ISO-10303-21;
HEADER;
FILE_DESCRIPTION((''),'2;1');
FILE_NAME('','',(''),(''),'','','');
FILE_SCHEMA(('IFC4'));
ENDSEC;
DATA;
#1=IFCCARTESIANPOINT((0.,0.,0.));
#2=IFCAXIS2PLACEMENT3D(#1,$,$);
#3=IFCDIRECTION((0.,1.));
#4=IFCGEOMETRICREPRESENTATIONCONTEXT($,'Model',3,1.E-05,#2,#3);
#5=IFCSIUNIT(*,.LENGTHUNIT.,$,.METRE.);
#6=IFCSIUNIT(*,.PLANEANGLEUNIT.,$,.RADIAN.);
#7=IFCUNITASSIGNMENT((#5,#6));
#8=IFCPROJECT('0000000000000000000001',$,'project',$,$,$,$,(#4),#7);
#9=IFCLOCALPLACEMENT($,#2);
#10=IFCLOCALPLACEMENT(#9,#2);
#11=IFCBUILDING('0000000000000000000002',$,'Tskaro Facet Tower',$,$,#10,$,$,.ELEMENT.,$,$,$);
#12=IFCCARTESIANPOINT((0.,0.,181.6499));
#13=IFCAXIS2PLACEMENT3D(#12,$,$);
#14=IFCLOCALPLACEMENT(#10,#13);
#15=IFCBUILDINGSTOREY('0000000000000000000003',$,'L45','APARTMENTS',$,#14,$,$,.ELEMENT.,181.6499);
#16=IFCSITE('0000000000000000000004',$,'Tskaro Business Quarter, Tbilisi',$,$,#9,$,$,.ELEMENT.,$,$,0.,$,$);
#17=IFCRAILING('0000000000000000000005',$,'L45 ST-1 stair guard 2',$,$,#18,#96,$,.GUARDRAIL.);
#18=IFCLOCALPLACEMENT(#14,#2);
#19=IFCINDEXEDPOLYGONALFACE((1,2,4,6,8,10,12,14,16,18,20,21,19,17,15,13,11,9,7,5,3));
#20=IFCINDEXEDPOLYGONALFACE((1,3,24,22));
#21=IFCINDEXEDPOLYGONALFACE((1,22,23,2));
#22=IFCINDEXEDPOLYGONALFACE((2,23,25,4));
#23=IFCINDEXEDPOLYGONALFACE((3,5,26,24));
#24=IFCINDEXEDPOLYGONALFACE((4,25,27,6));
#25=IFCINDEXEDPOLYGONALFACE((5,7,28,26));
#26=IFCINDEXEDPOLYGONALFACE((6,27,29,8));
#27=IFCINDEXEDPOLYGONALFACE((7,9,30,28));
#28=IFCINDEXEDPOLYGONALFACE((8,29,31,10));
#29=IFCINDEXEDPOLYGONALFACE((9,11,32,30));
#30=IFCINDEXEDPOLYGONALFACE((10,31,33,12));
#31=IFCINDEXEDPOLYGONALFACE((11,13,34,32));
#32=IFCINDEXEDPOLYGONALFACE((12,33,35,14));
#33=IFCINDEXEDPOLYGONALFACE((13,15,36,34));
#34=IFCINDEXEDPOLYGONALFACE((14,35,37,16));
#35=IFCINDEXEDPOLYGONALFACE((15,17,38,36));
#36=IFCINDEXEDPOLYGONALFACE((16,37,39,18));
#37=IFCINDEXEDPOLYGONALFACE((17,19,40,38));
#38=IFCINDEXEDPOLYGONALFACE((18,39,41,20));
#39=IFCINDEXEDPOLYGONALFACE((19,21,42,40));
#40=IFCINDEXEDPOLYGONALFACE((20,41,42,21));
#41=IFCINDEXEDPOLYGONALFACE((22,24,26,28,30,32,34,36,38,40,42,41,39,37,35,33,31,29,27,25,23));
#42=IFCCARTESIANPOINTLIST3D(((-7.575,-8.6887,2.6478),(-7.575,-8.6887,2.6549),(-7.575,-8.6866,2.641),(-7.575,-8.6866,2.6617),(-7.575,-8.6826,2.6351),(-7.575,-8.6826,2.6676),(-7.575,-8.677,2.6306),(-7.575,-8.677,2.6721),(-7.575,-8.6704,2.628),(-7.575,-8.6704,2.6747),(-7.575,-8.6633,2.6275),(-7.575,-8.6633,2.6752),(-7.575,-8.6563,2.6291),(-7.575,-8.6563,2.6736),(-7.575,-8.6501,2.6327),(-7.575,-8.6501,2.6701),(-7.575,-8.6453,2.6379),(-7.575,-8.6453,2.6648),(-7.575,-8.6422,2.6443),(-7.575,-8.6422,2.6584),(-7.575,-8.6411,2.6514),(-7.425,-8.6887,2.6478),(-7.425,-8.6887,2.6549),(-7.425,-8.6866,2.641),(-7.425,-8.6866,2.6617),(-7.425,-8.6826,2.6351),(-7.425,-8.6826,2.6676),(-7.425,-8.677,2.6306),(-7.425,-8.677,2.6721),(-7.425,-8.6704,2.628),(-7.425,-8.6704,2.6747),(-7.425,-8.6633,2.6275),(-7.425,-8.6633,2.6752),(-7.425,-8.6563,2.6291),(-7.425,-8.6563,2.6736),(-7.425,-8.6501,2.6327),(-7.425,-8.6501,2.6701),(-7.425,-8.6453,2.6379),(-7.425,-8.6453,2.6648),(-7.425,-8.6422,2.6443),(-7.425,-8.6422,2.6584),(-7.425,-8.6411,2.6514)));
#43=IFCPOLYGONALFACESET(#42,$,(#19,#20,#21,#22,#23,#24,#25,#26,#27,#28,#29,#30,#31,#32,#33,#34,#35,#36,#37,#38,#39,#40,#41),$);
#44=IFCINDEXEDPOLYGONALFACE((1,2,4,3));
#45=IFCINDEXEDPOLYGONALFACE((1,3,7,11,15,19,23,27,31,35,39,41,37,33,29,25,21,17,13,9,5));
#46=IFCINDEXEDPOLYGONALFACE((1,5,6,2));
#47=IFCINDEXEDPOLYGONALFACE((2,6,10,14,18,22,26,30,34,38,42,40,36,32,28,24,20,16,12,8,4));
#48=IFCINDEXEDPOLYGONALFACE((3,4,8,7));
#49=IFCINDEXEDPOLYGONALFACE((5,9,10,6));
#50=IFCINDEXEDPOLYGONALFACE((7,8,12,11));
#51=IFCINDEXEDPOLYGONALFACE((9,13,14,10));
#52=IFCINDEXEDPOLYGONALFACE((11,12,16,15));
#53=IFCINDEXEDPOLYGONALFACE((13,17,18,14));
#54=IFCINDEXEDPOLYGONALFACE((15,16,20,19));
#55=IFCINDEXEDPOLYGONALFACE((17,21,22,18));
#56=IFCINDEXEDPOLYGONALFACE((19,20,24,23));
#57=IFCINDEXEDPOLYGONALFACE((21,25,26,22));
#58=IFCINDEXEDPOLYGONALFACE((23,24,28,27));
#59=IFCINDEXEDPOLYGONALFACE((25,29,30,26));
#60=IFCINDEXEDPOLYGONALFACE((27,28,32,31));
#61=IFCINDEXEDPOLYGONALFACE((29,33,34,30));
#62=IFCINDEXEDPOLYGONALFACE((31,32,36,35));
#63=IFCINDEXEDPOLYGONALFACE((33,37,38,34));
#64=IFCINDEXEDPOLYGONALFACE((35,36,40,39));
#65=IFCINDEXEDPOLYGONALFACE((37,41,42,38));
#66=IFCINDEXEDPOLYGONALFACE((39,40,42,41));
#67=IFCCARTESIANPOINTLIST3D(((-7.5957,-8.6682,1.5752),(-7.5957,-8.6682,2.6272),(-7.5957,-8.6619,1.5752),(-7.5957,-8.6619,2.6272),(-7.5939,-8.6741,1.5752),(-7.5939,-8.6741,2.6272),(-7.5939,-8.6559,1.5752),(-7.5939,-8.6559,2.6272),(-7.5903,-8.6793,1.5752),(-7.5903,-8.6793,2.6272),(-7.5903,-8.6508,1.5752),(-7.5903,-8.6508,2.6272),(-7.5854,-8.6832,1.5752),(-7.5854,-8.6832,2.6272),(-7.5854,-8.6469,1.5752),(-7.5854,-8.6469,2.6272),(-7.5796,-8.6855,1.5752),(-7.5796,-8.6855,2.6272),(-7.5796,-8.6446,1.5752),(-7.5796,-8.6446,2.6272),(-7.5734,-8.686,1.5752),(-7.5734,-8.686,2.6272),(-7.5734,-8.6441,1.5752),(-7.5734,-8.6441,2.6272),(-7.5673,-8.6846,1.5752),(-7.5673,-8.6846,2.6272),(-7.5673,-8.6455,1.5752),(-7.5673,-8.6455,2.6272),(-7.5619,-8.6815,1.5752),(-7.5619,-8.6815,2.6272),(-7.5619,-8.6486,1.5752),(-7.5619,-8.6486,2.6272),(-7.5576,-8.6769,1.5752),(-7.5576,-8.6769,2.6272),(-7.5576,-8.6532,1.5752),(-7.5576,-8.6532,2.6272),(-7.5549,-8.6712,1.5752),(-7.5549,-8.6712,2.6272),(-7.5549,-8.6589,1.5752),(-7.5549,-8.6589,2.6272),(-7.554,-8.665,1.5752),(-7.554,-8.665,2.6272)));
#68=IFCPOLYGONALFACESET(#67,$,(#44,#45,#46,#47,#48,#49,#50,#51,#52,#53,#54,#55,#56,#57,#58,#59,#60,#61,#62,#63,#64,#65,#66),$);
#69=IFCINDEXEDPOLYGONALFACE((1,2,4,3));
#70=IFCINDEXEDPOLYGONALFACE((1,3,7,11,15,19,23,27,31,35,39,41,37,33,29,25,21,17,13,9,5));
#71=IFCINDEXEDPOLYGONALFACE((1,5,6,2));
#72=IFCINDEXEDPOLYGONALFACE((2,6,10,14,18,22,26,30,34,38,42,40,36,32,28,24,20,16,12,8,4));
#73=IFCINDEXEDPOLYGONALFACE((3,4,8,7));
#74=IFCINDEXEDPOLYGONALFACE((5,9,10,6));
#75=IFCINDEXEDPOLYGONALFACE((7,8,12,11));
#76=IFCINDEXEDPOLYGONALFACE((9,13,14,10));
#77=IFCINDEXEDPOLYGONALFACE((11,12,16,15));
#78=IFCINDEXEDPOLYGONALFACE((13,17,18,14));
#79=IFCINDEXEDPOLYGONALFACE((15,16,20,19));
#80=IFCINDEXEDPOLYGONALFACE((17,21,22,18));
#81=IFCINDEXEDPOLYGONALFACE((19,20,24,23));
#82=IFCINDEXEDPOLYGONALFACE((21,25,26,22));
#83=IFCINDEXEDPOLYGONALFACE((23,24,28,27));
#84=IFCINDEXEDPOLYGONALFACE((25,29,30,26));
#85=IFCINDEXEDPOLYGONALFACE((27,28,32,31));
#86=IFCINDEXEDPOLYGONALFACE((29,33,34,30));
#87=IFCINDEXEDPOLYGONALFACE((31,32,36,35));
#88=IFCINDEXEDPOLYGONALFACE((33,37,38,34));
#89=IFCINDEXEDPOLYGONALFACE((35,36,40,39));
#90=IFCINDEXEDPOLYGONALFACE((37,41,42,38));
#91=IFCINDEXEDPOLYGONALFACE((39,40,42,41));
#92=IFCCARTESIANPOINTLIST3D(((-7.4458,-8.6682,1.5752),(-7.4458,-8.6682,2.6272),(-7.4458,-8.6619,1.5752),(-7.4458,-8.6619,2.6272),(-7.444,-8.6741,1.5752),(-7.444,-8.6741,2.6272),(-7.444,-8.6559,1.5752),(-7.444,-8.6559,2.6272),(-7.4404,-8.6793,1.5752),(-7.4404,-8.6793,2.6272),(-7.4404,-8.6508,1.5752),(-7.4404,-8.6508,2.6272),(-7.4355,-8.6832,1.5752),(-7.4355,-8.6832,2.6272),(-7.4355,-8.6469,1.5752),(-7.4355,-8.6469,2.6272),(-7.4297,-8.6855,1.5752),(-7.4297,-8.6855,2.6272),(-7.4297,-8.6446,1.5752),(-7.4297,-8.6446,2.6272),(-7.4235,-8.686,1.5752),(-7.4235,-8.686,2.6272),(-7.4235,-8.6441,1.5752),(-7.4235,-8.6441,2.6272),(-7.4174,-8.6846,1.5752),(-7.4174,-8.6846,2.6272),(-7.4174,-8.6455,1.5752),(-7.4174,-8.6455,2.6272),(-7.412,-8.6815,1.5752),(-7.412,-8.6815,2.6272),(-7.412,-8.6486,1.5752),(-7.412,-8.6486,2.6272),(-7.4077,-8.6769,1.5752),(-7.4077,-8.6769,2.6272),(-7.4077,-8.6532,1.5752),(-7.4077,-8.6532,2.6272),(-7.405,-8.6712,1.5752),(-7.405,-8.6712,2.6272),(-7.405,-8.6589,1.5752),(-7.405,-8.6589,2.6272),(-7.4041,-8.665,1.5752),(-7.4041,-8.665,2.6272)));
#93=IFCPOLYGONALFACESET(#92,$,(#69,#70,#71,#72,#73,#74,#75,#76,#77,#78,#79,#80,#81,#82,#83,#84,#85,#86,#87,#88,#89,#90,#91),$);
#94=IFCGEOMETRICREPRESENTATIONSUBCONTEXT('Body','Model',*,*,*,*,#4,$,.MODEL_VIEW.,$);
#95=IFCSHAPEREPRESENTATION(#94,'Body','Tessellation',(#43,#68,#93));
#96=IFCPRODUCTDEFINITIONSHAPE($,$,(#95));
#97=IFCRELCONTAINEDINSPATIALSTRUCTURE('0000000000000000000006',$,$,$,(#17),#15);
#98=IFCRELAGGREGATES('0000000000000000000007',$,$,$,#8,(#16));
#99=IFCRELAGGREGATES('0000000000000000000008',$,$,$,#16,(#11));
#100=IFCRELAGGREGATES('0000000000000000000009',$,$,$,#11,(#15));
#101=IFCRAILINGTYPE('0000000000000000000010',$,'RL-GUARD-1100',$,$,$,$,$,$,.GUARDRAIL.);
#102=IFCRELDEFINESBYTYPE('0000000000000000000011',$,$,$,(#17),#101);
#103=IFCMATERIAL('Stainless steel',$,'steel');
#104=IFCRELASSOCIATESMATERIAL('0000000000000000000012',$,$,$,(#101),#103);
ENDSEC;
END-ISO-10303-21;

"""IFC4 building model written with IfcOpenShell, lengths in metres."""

from ifc_helpers import new_model, si_unit, direction, frame, origin, origin_2d, place, context, subcontext, project, spatial, circle, extrude, material, type_object, element, save


model = new_model("IFC4")

# Units and contexts
model_context = context("Model", 3, precision=1e-05, world=origin(), true_north=direction((0.0, 1.0)))
body_context = subcontext(model_context, "Body", "Model", "MODEL_VIEW")
ifc_project = project(units=[si_unit("LENGTHUNIT", "METRE"), si_unit("PLANEANGLEUNIT", "RADIAN")], contexts=[model_context])

# Site, building, storey
site_placement = place(None, origin())
site = spatial("IfcSite", under=ifc_project, at=site_placement, Name="Tskaro Business Quarter, Tbilisi", CompositionType="ELEMENT", RefElevation=0.0)
building_placement = place(site_placement, origin())
building = spatial("IfcBuilding", under=site, at=building_placement, Name="Tskaro Facet Tower", CompositionType="ELEMENT")
storey_placement = place(building_placement, frame((0.0, 0.0, 181.6499)))
storey = spatial("IfcBuildingStorey", under=building, at=storey_placement, Name="L45", Description="APARTMENTS", CompositionType="ELEMENT", Elevation=181.6499)

# Shared definitions
ifc_material_1 = material(Name="Stainless steel", Category="steel")

# Railing
railing_type_1 = type_object("IfcRailingType", Name="RL-GUARD-1100", PredefinedType="GUARDRAIL", material=ifc_material_1)
railing_1_placement = place(storey_placement, frame((-7.575, -8.665, 1.5752)))
element("IfcRailing", 1, at=railing_1_placement, inside=storey, type_object=railing_type_1, Name="L45 ST-1 stair guard 2", PredefinedType="GUARDRAIL", context=body_context, shape_type="SweptSolid", body=[
    extrude(circle(Radius=0.0239, at=origin_2d()), frame((0.0, 0.0, 1.0762), z_axis=(1.0, 0.0, 0.0), x_axis=(0.0, 1.0, 0.0)), (0.0, 0.0, 1.0), 0.1499),
    extrude(circle(Radius=0.021, at=origin_2d()), origin(), (0.0, 0.0, 1.0), 1.052),
    extrude(circle(Radius=0.021, at=origin_2d()), frame((0.1499, 0.0, 0.0)), (0.0, 0.0, 1.0), 1.052),
])

save(model, "model.ifc")
